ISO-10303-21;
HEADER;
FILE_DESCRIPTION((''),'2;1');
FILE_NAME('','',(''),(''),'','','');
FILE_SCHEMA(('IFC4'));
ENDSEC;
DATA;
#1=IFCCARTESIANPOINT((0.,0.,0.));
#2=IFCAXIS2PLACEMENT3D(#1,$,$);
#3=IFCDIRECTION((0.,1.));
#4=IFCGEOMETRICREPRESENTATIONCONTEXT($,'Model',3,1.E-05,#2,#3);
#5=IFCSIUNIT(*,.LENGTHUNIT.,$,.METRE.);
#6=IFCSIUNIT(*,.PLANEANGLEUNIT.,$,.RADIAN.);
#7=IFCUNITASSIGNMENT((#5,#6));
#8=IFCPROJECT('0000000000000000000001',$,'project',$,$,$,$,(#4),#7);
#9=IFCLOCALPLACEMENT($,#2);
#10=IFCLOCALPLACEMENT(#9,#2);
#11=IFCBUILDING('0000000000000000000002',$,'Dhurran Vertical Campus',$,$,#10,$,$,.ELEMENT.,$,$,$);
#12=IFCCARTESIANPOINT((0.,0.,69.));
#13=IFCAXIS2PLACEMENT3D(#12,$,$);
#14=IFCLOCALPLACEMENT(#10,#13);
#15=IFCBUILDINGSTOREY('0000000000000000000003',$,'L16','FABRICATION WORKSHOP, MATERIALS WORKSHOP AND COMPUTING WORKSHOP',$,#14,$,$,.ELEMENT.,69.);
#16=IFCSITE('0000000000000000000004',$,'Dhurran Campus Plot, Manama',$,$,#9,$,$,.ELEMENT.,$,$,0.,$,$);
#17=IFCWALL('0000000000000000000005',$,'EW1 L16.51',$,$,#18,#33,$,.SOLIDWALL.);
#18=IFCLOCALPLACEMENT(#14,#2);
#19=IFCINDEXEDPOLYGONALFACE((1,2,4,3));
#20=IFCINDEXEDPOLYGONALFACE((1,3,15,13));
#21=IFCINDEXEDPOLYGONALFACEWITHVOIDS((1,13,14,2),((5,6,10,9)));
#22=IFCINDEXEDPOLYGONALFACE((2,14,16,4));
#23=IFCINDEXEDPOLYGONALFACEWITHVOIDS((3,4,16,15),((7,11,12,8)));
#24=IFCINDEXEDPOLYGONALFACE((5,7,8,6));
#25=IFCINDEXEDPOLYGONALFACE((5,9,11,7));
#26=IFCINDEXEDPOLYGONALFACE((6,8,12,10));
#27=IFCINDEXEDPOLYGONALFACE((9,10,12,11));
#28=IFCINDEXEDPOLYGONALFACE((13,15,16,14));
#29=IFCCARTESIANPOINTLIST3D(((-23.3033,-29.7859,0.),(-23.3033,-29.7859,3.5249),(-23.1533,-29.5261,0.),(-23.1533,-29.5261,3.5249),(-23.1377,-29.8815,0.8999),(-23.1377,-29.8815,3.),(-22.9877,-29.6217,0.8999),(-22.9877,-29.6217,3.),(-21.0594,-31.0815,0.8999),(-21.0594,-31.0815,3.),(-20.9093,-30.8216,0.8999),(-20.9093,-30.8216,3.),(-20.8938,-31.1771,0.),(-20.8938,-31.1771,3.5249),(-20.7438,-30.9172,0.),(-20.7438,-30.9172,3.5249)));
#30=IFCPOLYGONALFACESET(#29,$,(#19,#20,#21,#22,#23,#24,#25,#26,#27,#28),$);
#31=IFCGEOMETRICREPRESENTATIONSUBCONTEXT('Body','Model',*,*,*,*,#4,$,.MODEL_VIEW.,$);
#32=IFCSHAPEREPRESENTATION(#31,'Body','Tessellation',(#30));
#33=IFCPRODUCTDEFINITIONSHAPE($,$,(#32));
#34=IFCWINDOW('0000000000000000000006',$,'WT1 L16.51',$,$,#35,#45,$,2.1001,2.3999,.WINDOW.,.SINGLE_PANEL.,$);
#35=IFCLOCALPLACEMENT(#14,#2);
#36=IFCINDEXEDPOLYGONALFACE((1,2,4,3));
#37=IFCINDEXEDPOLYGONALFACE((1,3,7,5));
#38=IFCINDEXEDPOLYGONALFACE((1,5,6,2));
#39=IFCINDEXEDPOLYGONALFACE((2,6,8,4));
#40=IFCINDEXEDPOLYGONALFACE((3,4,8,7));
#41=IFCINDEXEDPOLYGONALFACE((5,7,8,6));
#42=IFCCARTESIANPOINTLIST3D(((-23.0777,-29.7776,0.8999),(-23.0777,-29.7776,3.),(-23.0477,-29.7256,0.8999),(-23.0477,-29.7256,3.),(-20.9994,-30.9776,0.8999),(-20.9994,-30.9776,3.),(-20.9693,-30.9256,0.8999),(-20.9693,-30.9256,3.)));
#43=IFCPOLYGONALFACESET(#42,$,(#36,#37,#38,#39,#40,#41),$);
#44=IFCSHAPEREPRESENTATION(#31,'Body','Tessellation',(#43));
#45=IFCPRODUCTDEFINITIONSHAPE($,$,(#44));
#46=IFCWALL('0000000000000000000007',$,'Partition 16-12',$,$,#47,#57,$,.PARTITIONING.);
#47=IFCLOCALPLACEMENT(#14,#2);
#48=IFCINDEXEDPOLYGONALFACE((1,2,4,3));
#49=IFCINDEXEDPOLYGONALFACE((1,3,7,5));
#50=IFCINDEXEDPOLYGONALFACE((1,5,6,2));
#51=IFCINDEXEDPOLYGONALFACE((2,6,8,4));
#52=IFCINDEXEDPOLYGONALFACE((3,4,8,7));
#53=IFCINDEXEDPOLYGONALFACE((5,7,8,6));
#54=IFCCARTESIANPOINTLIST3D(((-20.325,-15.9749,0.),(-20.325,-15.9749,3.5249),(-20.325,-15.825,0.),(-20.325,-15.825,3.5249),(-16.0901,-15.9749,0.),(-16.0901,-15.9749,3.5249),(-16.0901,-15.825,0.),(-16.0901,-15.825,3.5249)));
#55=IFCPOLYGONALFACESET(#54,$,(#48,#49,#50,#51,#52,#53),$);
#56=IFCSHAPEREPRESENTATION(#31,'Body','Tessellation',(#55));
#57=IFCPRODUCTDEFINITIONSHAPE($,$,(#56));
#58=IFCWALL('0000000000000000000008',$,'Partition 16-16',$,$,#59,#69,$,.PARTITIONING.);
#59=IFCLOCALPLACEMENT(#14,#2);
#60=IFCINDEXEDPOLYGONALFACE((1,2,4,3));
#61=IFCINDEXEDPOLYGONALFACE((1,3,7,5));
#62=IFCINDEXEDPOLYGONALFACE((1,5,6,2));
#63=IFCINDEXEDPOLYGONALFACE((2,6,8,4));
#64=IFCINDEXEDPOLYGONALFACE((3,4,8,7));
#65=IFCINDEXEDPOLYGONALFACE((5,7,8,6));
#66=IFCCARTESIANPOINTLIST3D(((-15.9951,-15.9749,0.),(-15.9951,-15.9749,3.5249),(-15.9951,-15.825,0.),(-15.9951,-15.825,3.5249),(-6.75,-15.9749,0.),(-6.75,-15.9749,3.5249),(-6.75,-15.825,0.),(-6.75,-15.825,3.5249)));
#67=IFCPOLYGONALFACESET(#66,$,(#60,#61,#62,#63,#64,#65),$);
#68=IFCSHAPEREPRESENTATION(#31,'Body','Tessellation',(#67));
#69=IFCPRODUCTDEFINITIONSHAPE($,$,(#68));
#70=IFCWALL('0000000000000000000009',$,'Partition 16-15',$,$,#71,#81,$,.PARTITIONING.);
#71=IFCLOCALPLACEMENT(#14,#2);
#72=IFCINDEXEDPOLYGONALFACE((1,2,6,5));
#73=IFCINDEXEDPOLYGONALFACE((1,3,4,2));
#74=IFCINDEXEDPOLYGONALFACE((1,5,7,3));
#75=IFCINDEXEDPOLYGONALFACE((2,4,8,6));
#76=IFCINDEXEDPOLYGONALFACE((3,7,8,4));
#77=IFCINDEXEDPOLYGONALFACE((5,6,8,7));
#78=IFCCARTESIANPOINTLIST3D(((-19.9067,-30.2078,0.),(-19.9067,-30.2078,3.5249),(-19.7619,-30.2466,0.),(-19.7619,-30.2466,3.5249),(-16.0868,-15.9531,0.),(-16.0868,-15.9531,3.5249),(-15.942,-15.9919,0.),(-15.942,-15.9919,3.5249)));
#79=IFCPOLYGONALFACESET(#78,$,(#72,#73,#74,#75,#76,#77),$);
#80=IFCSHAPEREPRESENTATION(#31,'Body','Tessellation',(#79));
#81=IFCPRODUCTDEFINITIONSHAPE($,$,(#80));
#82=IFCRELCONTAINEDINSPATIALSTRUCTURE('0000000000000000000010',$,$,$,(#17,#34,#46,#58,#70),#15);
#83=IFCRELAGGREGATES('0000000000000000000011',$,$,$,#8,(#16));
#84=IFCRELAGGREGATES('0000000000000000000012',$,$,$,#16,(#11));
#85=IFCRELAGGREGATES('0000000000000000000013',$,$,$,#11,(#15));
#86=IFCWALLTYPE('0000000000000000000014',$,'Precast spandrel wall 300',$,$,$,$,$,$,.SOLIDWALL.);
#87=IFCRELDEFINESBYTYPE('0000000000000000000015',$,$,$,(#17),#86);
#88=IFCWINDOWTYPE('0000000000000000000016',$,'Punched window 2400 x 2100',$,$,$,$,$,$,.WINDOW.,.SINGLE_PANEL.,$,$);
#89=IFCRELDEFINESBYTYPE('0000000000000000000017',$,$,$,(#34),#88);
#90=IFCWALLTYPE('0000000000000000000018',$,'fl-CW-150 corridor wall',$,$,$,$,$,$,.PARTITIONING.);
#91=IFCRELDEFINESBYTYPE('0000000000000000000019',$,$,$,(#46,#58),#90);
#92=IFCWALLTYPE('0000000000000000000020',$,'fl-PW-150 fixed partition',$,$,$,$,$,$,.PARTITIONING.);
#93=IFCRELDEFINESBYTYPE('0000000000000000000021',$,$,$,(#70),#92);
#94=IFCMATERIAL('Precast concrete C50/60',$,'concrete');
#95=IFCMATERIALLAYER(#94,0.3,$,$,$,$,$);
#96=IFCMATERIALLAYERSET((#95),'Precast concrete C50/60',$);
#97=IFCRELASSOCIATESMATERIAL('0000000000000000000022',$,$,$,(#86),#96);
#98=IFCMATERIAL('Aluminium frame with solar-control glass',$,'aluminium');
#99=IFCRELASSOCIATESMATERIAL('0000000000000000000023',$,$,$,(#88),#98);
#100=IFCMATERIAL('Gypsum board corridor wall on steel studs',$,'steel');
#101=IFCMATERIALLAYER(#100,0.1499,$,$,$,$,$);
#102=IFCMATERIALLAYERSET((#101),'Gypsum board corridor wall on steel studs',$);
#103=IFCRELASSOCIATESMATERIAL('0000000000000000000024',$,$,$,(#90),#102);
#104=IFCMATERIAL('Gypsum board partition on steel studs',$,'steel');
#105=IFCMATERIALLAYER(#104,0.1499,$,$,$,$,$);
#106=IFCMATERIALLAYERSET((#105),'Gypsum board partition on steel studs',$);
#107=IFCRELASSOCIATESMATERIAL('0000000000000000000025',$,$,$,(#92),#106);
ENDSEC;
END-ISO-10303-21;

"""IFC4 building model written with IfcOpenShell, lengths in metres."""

from ifc_helpers import new_model, si_unit, direction, frame, frame_2d, origin, place, context, subcontext, project, spatial, rectangle, extrude, material, layer, layer_set, type_object, element, fill, save


model = new_model("IFC4")

# Units and contexts
model_context = context("Model", 3, precision=1e-05, world=origin(), true_north=direction((0.0, 1.0)))
body_context = subcontext(model_context, "Body", "Model", "MODEL_VIEW")
ifc_project = project(units=[si_unit("LENGTHUNIT", "METRE"), si_unit("PLANEANGLEUNIT", "RADIAN")], contexts=[model_context])

# Site, building, storey
site_placement = place(None, origin())
site = spatial("IfcSite", under=ifc_project, at=site_placement, Name="Dhurran Campus Plot, Manama", CompositionType="ELEMENT", RefElevation=0.0)
building_placement = place(site_placement, origin())
building = spatial("IfcBuilding", under=site, at=building_placement, Name="Dhurran Vertical Campus", CompositionType="ELEMENT")
storey_placement = place(building_placement, frame((0.0, 0.0, 69.0)))
storey = spatial("IfcBuildingStorey", under=building, at=storey_placement, Name="L16", Description="FABRICATION WORKSHOP, MATERIALS WORKSHOP AND COMPUTING WORKSHOP", CompositionType="ELEMENT", Elevation=69.0)

# Wall, opening, window
ifc_material_1 = material(Name="Precast concrete C50/60", Category="concrete")
ifc_layer_1 = layer(ifc_material_1, 0.3)
ifc_layer_set_1 = layer_set([ifc_layer_1], Name="Precast concrete C50/60")
wall_type_1 = type_object("IfcWallType", Name="Precast spandrel wall 300", PredefinedType="SOLIDWALL", material=ifc_layer_set_1)
ifc_material_2 = material(Name="Aluminium frame with solar-control glass", Category="aluminium")
window_type = type_object("IfcWindowType", Name="Punched window 2400 x 2100", PartitioningType="SINGLE_PANEL", PredefinedType="WINDOW", material=ifc_material_2)
wall_1_placement = place(storey_placement, frame((-23.2283, -29.656, 0.0), z_axis=(0.0, 0.0, 1.0), x_axis=(0.86602, -0.500009, 0.0)))
wall_1 = element("IfcWall", 1, at=wall_1_placement, inside=storey, type_object=wall_type_1, Name="EW1 L16.51", PredefinedType="SOLIDWALL", context=body_context, shape_type="SweptSolid", body=[
    extrude(rectangle(XDim=2.7822, YDim=0.3, at=frame_2d((1.3911, 0.0))), origin(), (0.0, 0.0, 1.0), 3.5249),
])
opening_1_placement = place(wall_1_placement, frame((0.1912, 0.0, 0.8999)))
opening_1 = element("IfcOpeningElement", 2, at=opening_1_placement, cuts=wall_1, PredefinedType="OPENING", context=body_context, shape_type="SweptSolid", body=[
    extrude(rectangle(XDim=2.3999, YDim=2.1001, at=frame_2d((1.2, 1.05))), frame((0.0, 0.1599, 0.0), z_axis=(0.0, -1.0, 0.0), x_axis=(1.0, 0.0, 0.0)), (0.0, 0.0, 1.0), 0.3201),
])
window_1_placement = place(opening_1_placement, origin())
window_1 = element("IfcWindow", 3, at=window_1_placement, inside=storey, type_object=window_type, Name="WT1 L16.51", OverallHeight=2.1001, OverallWidth=2.3999, PartitioningType="SINGLE_PANEL", PredefinedType="WINDOW", context=body_context, shape_type="SweptSolid", body=[
    extrude(rectangle(XDim=2.3999, YDim=2.1001, at=frame_2d((1.2, 1.05))), frame((0.0, 0.03, 0.0), z_axis=(0.0, -1.0, 0.0), x_axis=(1.0, 0.0, 0.0)), (0.0, 0.0, 1.0), 0.0601),
])
fill(opening_1, window_1)

# Walls
ifc_material_3 = material(Name="Gypsum board corridor wall on steel studs", Category="steel")
ifc_layer_2 = layer(ifc_material_3, 0.1499)
ifc_layer_set_2 = layer_set([ifc_layer_2], Name="Gypsum board corridor wall on steel studs")
wall_type_2 = type_object("IfcWallType", Name="fl-CW-150 corridor wall", PredefinedType="PARTITIONING", material=ifc_layer_set_2)
wall_2_placement = place(storey_placement, frame((-20.325, -15.8999, 0.0), z_axis=(0.0, 0.0, 1.0), x_axis=(1.0, 0.0, 0.0)))
element("IfcWall", 4, at=wall_2_placement, inside=storey, type_object=wall_type_2, Name="Partition 16-12", PredefinedType="PARTITIONING", context=body_context, shape_type="SweptSolid", body=[
    extrude(rectangle(XDim=4.2349, YDim=0.1499, at=frame_2d((2.1174, 0.0))), origin(), (0.0, 0.0, 1.0), 3.5249),
])
wall_3_placement = place(storey_placement, frame((-15.9951, -15.8999, 0.0), z_axis=(0.0, 0.0, 1.0), x_axis=(1.0, 0.0, 0.0)))
element("IfcWall", 5, at=wall_3_placement, inside=storey, type_object=wall_type_2, Name="Partition 16-16", PredefinedType="PARTITIONING", context=body_context, shape_type="SweptSolid", body=[
    extrude(rectangle(XDim=9.2451, YDim=0.1499, at=frame_2d((4.6226, 0.0))), origin(), (0.0, 0.0, 1.0), 3.5249),
])
ifc_material_4 = material(Name="Gypsum board partition on steel studs", Category="steel")
ifc_layer_3 = layer(ifc_material_4, 0.1499)
ifc_layer_set_3 = layer_set([ifc_layer_3], Name="Gypsum board partition on steel studs")
wall_type_3 = type_object("IfcWallType", Name="fl-PW-150 fixed partition", PredefinedType="PARTITIONING", material=ifc_layer_set_3)
wall_4_placement = place(storey_placement, frame((-16.0144, -15.9724, 0.0), z_axis=(0.0, 0.0, 1.0), x_axis=(-0.258838, -0.965921, 0.0)))
element("IfcWall", 6, at=wall_4_placement, inside=storey, type_object=wall_type_3, Name="Partition 16-15", PredefinedType="PARTITIONING", context=body_context, shape_type="SweptSolid", body=[
    extrude(rectangle(XDim=14.7576, YDim=0.1499, at=frame_2d((7.3789, 0.0))), origin(), (0.0, 0.0, 1.0), 3.5249),
])

save(model, "model.ifc")
